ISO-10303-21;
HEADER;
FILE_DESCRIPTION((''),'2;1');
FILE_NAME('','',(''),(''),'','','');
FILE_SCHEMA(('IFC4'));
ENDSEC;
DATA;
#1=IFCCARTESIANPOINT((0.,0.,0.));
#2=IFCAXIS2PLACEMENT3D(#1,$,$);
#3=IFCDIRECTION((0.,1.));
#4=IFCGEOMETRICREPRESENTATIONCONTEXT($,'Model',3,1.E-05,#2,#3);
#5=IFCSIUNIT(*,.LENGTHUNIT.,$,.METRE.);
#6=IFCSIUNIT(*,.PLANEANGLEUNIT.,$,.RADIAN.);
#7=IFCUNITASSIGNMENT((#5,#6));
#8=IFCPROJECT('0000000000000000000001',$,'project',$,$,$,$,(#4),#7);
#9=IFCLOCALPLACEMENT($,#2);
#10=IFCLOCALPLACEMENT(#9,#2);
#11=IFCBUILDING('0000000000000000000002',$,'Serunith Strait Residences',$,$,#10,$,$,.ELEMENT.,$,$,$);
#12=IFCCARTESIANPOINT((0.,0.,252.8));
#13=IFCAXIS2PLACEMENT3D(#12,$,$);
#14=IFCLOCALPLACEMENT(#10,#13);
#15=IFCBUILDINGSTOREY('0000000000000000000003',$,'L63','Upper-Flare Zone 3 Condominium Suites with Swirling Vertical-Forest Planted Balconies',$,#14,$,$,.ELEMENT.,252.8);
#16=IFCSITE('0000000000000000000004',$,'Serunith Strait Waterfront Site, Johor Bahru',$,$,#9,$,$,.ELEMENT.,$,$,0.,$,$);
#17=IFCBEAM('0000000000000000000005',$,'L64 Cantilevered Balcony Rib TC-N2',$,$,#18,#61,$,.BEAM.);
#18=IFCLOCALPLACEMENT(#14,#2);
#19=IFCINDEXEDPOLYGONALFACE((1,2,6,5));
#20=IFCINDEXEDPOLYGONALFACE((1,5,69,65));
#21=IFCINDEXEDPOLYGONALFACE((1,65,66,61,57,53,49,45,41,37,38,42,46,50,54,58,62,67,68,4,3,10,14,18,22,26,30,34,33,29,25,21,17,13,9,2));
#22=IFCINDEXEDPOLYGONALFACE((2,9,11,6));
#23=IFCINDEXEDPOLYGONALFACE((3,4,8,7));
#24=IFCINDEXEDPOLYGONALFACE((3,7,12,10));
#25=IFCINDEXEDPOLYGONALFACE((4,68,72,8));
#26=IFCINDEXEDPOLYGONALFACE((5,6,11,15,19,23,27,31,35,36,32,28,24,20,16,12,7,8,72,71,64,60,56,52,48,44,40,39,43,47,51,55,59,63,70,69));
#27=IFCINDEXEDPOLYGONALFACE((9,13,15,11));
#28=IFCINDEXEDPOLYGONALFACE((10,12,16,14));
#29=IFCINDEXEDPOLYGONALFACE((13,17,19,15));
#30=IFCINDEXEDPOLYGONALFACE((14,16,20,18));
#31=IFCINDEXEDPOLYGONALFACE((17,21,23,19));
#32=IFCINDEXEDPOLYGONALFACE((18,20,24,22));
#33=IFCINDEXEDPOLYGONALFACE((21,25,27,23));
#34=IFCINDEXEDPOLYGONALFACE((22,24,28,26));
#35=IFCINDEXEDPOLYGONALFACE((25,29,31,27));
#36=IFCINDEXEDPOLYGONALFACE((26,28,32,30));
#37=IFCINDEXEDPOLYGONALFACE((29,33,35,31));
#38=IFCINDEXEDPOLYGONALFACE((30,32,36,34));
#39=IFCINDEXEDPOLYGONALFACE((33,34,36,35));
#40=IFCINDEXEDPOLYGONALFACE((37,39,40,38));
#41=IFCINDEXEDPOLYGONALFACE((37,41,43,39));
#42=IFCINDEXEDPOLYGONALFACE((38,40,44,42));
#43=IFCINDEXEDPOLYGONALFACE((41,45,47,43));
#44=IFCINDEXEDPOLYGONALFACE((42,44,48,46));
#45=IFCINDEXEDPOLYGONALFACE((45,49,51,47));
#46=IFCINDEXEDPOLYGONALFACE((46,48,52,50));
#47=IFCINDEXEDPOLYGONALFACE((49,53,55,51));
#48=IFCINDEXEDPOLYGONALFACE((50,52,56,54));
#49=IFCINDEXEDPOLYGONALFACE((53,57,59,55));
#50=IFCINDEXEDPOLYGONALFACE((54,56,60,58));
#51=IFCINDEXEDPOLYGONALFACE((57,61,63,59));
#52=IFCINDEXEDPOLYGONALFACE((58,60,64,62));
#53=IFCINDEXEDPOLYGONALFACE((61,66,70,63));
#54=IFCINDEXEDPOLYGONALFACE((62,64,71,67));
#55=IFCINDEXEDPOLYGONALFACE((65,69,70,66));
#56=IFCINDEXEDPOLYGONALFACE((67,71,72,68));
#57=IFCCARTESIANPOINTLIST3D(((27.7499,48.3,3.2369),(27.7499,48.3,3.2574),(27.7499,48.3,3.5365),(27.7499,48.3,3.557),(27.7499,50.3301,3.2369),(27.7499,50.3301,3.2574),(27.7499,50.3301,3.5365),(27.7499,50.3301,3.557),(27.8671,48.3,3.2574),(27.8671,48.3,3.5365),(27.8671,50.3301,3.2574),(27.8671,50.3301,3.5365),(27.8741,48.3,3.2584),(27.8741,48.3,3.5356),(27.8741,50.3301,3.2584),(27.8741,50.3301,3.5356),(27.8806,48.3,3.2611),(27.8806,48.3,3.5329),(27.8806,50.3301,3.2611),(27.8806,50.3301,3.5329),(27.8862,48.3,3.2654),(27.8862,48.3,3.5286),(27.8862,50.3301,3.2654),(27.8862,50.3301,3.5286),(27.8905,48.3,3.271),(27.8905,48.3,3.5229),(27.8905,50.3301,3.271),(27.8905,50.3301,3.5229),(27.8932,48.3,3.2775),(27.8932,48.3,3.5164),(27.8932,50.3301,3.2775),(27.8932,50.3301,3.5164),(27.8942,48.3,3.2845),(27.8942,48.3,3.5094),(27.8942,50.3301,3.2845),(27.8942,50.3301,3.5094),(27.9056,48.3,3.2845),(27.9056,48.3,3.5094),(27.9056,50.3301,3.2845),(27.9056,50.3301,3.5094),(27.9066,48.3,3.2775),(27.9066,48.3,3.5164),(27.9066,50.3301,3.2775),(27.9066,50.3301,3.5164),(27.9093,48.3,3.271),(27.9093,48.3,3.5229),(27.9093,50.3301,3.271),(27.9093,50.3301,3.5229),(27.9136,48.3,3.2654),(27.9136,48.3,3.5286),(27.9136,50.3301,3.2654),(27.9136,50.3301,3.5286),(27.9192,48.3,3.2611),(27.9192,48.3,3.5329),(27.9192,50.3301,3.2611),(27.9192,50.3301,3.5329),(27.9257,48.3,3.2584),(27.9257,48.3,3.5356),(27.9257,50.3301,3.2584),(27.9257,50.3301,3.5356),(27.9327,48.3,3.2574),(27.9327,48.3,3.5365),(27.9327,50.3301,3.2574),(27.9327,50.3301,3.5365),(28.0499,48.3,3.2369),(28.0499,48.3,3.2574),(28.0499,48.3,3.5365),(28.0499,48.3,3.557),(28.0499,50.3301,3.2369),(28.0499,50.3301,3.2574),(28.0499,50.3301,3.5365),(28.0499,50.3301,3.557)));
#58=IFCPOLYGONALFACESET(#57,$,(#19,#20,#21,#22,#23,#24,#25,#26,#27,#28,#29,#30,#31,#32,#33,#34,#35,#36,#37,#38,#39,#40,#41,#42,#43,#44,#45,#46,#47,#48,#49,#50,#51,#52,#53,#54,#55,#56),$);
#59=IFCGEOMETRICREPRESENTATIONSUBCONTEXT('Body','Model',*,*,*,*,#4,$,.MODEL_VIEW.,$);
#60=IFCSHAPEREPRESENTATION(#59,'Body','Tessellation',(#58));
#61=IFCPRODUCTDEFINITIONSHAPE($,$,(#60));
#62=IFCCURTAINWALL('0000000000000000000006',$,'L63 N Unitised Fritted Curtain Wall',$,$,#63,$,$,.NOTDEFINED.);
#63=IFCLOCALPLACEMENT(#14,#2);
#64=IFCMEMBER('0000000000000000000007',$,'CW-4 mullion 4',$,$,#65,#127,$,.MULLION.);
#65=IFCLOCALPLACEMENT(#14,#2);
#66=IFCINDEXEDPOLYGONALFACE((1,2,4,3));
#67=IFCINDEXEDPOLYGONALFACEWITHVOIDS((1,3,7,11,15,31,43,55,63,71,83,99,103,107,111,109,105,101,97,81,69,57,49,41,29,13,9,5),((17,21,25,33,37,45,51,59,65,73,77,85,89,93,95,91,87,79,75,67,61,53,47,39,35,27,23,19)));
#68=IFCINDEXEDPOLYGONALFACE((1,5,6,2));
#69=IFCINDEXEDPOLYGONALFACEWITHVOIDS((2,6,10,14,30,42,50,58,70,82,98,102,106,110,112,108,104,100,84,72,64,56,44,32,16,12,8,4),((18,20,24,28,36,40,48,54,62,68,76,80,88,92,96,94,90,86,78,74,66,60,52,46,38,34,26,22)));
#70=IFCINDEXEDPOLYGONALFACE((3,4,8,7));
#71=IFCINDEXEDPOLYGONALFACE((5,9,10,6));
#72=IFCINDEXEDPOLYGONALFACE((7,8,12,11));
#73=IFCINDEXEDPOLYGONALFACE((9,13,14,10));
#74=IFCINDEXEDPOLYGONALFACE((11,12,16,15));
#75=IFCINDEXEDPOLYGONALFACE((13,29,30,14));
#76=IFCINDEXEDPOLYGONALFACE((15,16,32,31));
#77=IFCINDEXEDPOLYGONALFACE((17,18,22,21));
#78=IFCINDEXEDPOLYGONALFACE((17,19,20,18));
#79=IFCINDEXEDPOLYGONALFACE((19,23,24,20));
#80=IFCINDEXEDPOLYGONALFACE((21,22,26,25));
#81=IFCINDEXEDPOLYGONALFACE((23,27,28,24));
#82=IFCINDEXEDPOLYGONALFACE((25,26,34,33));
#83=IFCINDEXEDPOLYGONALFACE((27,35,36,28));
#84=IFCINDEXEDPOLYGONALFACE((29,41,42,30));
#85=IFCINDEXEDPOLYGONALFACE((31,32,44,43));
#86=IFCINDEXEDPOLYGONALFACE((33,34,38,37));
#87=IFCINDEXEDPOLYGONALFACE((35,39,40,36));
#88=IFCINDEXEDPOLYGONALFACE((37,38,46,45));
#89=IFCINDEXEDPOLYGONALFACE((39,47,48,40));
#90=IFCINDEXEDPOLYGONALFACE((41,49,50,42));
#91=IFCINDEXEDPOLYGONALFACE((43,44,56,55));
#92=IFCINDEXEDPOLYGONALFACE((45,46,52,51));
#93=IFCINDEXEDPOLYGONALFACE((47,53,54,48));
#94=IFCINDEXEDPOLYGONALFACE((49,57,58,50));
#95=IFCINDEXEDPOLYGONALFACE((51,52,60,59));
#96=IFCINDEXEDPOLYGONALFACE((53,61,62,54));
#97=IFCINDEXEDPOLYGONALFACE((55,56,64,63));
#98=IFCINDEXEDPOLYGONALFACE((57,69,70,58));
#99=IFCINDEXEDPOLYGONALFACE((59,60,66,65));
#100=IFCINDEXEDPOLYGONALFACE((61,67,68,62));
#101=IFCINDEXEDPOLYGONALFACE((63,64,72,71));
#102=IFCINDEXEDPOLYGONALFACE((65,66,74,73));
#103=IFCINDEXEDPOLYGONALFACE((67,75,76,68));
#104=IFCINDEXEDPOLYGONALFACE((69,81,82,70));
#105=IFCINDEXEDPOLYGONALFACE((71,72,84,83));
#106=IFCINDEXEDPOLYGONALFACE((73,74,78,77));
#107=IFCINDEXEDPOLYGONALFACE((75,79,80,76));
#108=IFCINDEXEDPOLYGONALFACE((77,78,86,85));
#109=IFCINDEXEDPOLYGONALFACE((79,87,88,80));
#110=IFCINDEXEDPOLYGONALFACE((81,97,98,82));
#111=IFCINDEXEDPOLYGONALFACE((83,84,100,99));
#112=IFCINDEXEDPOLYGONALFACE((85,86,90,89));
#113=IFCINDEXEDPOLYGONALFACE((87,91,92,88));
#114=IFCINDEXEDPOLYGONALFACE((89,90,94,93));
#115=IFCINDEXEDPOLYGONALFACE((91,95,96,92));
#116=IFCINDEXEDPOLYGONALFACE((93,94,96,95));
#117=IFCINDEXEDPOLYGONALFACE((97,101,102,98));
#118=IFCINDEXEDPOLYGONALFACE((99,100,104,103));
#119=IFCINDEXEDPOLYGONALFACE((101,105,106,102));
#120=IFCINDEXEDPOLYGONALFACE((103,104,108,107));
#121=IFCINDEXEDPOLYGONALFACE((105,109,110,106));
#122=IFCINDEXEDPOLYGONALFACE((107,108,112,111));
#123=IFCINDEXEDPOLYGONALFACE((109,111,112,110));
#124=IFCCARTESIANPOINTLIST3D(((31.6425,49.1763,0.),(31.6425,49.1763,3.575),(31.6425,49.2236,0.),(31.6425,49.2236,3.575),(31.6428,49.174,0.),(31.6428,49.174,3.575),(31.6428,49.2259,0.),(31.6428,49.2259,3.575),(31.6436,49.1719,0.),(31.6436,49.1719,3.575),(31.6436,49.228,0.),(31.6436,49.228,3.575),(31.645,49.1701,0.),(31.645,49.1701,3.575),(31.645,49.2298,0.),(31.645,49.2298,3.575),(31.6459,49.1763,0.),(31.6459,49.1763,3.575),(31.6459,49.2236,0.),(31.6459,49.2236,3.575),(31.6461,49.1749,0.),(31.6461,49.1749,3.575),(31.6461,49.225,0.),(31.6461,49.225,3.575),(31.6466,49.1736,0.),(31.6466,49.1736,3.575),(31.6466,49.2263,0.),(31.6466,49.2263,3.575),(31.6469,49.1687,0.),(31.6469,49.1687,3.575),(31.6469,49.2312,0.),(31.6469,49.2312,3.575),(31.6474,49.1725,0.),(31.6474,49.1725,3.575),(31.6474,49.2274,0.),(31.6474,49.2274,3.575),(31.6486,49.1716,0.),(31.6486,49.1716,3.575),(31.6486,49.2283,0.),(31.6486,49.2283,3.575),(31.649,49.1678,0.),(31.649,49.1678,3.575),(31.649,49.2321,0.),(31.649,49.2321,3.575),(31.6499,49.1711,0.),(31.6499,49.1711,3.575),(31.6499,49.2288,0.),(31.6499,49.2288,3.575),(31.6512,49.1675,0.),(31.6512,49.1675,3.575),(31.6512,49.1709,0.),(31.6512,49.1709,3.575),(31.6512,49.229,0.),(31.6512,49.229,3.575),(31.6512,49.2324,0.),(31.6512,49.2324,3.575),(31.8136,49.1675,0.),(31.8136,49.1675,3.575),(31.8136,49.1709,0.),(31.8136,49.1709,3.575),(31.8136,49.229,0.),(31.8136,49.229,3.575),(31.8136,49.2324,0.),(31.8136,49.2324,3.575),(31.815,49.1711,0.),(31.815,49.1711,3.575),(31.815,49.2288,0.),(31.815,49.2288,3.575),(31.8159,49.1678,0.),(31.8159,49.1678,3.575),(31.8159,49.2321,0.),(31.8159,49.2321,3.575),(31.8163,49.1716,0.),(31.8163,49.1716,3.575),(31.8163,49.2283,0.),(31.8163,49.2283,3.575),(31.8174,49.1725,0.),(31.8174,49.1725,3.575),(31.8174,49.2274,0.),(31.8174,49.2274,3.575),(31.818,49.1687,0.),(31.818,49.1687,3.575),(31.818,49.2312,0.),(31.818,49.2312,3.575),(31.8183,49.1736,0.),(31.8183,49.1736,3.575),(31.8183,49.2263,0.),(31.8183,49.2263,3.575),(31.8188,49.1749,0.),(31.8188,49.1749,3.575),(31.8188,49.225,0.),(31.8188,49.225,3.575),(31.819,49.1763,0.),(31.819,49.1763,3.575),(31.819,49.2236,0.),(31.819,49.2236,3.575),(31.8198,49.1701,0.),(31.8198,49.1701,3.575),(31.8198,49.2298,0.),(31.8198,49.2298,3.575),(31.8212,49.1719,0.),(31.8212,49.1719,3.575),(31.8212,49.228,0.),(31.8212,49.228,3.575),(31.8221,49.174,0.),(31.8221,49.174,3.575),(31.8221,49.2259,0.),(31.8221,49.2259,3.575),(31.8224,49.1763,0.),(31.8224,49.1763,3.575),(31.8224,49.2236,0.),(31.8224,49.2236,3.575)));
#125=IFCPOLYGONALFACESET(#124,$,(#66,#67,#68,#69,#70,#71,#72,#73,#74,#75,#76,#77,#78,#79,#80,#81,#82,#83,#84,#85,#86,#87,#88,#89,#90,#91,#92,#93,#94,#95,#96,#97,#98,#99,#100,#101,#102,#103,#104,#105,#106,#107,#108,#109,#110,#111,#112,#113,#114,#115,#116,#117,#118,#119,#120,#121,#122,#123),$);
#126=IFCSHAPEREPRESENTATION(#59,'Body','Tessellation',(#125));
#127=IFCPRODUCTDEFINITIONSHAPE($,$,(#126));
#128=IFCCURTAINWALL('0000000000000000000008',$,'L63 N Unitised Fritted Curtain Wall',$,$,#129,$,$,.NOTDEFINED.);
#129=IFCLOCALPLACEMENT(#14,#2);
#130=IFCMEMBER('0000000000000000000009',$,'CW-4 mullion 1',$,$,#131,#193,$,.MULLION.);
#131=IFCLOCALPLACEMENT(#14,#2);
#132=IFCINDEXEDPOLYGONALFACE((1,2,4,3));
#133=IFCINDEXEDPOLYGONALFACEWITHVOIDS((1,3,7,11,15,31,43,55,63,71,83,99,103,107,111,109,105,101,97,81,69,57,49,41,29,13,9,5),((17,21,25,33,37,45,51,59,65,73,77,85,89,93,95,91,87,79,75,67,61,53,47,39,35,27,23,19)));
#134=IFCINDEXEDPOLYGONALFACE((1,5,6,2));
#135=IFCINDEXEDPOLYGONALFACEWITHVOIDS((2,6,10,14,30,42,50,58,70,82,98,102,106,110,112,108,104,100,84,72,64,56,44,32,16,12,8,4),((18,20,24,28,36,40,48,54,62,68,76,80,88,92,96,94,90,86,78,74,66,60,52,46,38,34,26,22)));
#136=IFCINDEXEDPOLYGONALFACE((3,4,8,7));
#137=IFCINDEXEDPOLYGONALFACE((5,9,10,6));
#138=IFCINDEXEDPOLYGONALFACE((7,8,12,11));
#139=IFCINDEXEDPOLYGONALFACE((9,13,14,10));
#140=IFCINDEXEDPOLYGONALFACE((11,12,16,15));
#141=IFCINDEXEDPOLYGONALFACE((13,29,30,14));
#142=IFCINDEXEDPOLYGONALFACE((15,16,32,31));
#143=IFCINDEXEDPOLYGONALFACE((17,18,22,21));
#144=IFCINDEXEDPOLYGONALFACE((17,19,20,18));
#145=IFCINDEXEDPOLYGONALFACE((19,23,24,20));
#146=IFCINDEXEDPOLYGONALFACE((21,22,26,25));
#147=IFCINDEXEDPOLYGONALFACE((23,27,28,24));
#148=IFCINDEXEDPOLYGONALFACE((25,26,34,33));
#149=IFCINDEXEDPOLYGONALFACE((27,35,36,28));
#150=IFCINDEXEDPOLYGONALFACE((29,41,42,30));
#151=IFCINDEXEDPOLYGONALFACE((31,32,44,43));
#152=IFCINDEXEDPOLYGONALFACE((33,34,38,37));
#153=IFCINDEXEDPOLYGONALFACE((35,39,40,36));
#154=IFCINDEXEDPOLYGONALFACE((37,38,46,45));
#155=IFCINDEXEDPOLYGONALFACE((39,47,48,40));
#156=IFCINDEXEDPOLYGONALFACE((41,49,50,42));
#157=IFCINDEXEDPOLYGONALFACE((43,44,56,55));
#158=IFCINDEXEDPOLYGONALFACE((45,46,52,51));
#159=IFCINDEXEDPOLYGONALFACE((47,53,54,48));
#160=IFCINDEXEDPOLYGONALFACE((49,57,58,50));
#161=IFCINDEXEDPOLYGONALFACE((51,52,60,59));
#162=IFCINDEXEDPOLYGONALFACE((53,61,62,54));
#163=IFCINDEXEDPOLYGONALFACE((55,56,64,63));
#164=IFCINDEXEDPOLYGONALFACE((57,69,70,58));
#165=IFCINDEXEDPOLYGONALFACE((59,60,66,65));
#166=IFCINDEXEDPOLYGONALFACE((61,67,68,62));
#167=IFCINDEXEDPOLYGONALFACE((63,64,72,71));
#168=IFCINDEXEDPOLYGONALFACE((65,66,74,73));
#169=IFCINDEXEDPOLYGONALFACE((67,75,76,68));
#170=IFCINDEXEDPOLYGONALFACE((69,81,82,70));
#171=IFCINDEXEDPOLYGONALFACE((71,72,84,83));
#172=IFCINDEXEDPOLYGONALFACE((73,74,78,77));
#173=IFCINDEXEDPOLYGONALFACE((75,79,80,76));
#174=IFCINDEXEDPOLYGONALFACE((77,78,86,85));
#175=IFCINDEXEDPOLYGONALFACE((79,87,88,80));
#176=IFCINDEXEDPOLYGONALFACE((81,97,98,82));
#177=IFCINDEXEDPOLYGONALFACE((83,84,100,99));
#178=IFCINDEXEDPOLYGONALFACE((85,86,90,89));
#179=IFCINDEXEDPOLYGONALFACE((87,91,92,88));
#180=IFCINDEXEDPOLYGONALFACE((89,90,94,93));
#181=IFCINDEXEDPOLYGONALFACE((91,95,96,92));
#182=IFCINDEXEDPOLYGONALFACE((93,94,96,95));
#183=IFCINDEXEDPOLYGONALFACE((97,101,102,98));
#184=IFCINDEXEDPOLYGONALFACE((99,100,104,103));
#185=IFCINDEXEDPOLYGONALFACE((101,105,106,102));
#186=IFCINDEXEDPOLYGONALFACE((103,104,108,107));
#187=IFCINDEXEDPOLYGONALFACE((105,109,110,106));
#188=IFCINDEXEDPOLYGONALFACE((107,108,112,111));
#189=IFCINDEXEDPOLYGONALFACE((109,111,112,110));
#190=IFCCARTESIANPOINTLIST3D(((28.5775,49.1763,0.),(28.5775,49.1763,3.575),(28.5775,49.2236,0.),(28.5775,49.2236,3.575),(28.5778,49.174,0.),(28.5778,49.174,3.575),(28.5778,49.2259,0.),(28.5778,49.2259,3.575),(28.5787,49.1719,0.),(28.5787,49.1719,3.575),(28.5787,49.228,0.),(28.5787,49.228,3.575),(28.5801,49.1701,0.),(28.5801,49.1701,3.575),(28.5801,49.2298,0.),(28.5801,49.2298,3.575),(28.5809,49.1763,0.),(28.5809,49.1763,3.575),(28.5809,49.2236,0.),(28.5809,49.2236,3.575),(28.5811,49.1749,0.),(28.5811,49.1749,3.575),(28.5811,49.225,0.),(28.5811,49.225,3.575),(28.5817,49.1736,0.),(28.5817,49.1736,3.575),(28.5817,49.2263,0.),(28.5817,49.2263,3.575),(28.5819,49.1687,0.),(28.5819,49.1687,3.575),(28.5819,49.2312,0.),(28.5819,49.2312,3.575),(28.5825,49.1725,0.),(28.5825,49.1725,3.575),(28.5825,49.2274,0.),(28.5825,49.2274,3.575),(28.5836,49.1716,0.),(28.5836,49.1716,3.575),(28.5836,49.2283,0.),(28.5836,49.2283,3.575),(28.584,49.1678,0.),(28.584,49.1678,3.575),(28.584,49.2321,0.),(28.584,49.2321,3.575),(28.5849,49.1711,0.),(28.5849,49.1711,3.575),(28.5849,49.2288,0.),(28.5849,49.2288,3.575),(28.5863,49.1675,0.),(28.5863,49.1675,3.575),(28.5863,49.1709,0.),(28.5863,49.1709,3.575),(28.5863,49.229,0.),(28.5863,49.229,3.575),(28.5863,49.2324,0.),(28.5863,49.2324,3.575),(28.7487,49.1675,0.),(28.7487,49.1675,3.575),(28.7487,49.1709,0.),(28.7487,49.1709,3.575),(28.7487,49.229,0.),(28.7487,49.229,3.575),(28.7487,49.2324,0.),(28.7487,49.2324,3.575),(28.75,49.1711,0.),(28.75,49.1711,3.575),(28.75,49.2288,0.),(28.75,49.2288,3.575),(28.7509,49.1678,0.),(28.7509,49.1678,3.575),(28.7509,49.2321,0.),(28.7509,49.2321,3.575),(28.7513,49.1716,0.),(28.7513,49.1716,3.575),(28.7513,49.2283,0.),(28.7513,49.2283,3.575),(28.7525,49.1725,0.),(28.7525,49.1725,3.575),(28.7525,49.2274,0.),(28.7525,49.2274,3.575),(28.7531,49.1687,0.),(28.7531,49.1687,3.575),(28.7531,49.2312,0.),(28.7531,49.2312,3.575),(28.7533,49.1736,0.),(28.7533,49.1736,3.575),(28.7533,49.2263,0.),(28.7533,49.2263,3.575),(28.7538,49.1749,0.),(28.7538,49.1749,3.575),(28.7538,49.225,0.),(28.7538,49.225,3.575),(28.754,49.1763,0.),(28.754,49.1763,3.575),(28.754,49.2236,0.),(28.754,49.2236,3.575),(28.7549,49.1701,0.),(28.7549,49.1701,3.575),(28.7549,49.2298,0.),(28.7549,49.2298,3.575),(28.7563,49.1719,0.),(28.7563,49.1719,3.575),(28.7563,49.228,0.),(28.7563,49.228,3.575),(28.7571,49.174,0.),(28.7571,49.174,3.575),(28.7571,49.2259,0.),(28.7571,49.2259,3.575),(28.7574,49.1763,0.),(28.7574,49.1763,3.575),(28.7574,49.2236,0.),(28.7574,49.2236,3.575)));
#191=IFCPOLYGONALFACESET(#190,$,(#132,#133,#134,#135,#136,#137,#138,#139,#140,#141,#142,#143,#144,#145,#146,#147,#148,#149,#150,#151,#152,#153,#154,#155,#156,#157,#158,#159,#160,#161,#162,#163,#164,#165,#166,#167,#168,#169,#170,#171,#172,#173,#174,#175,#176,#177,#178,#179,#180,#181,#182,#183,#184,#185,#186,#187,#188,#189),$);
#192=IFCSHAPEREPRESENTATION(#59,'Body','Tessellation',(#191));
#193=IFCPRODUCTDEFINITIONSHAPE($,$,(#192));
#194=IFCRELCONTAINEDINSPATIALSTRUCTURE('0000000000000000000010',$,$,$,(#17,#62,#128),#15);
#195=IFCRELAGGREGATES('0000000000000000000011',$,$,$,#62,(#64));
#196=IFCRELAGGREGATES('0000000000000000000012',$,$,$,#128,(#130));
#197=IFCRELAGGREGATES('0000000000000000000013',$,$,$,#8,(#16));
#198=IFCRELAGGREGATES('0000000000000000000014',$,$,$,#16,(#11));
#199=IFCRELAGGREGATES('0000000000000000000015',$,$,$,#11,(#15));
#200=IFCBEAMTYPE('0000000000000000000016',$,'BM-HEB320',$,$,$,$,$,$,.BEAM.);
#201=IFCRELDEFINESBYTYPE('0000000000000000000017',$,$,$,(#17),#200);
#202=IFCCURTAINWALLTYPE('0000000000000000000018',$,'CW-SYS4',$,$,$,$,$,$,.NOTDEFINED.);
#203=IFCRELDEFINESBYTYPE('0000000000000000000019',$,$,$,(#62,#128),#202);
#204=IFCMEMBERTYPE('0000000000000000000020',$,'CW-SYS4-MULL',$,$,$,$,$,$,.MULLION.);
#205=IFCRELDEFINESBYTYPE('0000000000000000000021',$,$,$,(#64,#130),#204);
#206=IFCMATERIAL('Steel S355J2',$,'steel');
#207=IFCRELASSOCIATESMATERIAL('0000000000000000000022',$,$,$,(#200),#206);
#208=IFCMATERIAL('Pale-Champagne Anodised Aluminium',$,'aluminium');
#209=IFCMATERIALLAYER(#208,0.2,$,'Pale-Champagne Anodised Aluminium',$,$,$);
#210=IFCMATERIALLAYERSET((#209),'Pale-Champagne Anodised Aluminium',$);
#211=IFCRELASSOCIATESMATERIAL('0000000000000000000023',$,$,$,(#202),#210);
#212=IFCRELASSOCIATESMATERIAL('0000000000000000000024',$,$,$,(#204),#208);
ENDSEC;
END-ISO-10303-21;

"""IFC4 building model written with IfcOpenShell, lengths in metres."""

from ifc_helpers import new_model, si_unit, direction, frame, origin, origin_2d, place, context, subcontext, project, spatial, hollow_rectangle, i_section, extrude, source, transform, mapped, material, layer, layer_set, material_profile, profile_set, type_object, element, aggregate, save


model = new_model("IFC4")

# Units and contexts
model_context = context("Model", 3, precision=1e-05, world=origin(), true_north=direction((0.0, 1.0)))
body_context = subcontext(model_context, "Body", "Model", "MODEL_VIEW")
ifc_project = project(units=[si_unit("LENGTHUNIT", "METRE"), si_unit("PLANEANGLEUNIT", "RADIAN")], contexts=[model_context])

# Site, building, storey
site_placement = place(None, origin())
site = spatial("IfcSite", under=ifc_project, at=site_placement, Name="Serunith Strait Waterfront Site, Johor Bahru", CompositionType="ELEMENT", RefElevation=0.0)
building_placement = place(site_placement, origin())
building = spatial("IfcBuilding", under=site, at=building_placement, Name="Serunith Strait Residences", CompositionType="ELEMENT")
storey_placement = place(building_placement, frame((0.0, 0.0, 252.8)))
storey = spatial("IfcBuildingStorey", under=building, at=storey_placement, Name="L63", Description="Upper-Flare Zone 3 Condominium Suites with Swirling Vertical-Forest Planted Balconies", CompositionType="ELEMENT", Elevation=252.8)

# Beam
ifc_material_1 = material(Name="Steel S355J2", Category="steel")
ifc_material_profile_1 = material_profile(ifc_material_1, i_section(OverallWidth=0.3, OverallDepth=0.3201, WebThickness=0.0115, FlangeThickness=0.0205, FilletRadius=0.0271, at=origin_2d()), Name="HEB 320")
ifc_profile_set_1 = profile_set([ifc_material_profile_1], Name="Steel S355J2")
beam_type_1 = type_object("IfcBeamType", Name="BM-HEB320", PredefinedType="BEAM", material=ifc_profile_set_1)
shared_shape_1 = source(origin(), body_context, "Body", "SweptSolid", [
    extrude(i_section(OverallWidth=0.3, OverallDepth=0.3201, WebThickness=0.0115, FlangeThickness=0.0205, FilletRadius=0.0271, at=origin_2d()), origin(), (0.0, 0.0, 1.0), 2.03),
])
beam_1_placement = place(storey_placement, frame((27.8999, 48.3, 3.397), z_axis=(0.0, 1.0, 0.0), x_axis=(-1.0, 0.0, 0.0)))
element("IfcBeam", 1, at=beam_1_placement, inside=storey, type_object=beam_type_1, Name="L64 Cantilevered Balcony Rib TC-N2", PredefinedType="BEAM", context=body_context, shape_type="MappedRepresentation", body=[
    mapped(shared_shape_1, transform((0.0, 0.0, 0.0), scale=1.0)),
])

# Curtain wall, member
ifc_material_2 = material(Name="Pale-Champagne Anodised Aluminium", Category="aluminium")
ifc_layer_1 = layer(ifc_material_2, 0.2, Name="Pale-Champagne Anodised Aluminium")
ifc_layer_set_1 = layer_set([ifc_layer_1], Name="Pale-Champagne Anodised Aluminium")
curtain_wall_type = type_object("IfcCurtainWallType", Name="CW-SYS4", PredefinedType="NOTDEFINED", material=ifc_layer_set_1)
curtain_wall_1_placement = place(storey_placement, origin())
curtain_wall_1 = element("IfcCurtainWall", 2, at=curtain_wall_1_placement, inside=storey, type_object=curtain_wall_type, Name="L63 N Unitised Fritted Curtain Wall", PredefinedType="NOTDEFINED")
ifc_material_profile_2 = material_profile(ifc_material_2, hollow_rectangle(XDim=0.0649, YDim=0.1799, WallThickness=0.0034, InnerFilletRadius=0.0054, OuterFilletRadius=0.0088, at=origin_2d()), Name="ALU 180x65x3.5")
ifc_profile_set_2 = profile_set([ifc_material_profile_2], Name="Pale-Champagne Anodised Aluminium")
member_type_1 = type_object("IfcMemberType", Name="CW-SYS4-MULL", PredefinedType="MULLION", material=ifc_profile_set_2)
shared_shape_2 = source(origin(), body_context, "Body", "SweptSolid", [
    extrude(hollow_rectangle(XDim=0.0649, YDim=0.1799, WallThickness=0.0034, InnerFilletRadius=0.0054, OuterFilletRadius=0.0088, at=origin_2d()), origin(), (0.0, 0.0, 1.0), 3.575),
])
member_1_placement = place(storey_placement, frame((31.7324, 49.2, 0.0), z_axis=(0.0, 0.0, 1.0), x_axis=(0.0, -1.0, 0.0)))
member_1 = element("IfcMember", 3, at=member_1_placement, type_object=member_type_1, Name="CW-4 mullion 4", PredefinedType="MULLION", context=body_context, shape_type="MappedRepresentation", body=[
    mapped(shared_shape_2, transform((0.0, 0.0, 0.0), scale=1.0)),
])
aggregate(curtain_wall_1, [member_1])

# Curtain wall, member
curtain_wall_2_placement = place(storey_placement, origin())
curtain_wall_2 = element("IfcCurtainWall", 4, at=curtain_wall_2_placement, inside=storey, type_object=curtain_wall_type, Name="L63 N Unitised Fritted Curtain Wall", PredefinedType="NOTDEFINED")
member_2_placement = place(storey_placement, frame((28.6675, 49.2, 0.0), z_axis=(0.0, 0.0, 1.0), x_axis=(0.0, -1.0, 0.0)))
member_2 = element("IfcMember", 5, at=member_2_placement, type_object=member_type_1, Name="CW-4 mullion 1", PredefinedType="MULLION", context=body_context, shape_type="MappedRepresentation", body=[
    mapped(shared_shape_2, transform((0.0, 0.0, 0.0), scale=1.0)),
])
aggregate(curtain_wall_2, [member_2])

save(model, "model.ifc")
